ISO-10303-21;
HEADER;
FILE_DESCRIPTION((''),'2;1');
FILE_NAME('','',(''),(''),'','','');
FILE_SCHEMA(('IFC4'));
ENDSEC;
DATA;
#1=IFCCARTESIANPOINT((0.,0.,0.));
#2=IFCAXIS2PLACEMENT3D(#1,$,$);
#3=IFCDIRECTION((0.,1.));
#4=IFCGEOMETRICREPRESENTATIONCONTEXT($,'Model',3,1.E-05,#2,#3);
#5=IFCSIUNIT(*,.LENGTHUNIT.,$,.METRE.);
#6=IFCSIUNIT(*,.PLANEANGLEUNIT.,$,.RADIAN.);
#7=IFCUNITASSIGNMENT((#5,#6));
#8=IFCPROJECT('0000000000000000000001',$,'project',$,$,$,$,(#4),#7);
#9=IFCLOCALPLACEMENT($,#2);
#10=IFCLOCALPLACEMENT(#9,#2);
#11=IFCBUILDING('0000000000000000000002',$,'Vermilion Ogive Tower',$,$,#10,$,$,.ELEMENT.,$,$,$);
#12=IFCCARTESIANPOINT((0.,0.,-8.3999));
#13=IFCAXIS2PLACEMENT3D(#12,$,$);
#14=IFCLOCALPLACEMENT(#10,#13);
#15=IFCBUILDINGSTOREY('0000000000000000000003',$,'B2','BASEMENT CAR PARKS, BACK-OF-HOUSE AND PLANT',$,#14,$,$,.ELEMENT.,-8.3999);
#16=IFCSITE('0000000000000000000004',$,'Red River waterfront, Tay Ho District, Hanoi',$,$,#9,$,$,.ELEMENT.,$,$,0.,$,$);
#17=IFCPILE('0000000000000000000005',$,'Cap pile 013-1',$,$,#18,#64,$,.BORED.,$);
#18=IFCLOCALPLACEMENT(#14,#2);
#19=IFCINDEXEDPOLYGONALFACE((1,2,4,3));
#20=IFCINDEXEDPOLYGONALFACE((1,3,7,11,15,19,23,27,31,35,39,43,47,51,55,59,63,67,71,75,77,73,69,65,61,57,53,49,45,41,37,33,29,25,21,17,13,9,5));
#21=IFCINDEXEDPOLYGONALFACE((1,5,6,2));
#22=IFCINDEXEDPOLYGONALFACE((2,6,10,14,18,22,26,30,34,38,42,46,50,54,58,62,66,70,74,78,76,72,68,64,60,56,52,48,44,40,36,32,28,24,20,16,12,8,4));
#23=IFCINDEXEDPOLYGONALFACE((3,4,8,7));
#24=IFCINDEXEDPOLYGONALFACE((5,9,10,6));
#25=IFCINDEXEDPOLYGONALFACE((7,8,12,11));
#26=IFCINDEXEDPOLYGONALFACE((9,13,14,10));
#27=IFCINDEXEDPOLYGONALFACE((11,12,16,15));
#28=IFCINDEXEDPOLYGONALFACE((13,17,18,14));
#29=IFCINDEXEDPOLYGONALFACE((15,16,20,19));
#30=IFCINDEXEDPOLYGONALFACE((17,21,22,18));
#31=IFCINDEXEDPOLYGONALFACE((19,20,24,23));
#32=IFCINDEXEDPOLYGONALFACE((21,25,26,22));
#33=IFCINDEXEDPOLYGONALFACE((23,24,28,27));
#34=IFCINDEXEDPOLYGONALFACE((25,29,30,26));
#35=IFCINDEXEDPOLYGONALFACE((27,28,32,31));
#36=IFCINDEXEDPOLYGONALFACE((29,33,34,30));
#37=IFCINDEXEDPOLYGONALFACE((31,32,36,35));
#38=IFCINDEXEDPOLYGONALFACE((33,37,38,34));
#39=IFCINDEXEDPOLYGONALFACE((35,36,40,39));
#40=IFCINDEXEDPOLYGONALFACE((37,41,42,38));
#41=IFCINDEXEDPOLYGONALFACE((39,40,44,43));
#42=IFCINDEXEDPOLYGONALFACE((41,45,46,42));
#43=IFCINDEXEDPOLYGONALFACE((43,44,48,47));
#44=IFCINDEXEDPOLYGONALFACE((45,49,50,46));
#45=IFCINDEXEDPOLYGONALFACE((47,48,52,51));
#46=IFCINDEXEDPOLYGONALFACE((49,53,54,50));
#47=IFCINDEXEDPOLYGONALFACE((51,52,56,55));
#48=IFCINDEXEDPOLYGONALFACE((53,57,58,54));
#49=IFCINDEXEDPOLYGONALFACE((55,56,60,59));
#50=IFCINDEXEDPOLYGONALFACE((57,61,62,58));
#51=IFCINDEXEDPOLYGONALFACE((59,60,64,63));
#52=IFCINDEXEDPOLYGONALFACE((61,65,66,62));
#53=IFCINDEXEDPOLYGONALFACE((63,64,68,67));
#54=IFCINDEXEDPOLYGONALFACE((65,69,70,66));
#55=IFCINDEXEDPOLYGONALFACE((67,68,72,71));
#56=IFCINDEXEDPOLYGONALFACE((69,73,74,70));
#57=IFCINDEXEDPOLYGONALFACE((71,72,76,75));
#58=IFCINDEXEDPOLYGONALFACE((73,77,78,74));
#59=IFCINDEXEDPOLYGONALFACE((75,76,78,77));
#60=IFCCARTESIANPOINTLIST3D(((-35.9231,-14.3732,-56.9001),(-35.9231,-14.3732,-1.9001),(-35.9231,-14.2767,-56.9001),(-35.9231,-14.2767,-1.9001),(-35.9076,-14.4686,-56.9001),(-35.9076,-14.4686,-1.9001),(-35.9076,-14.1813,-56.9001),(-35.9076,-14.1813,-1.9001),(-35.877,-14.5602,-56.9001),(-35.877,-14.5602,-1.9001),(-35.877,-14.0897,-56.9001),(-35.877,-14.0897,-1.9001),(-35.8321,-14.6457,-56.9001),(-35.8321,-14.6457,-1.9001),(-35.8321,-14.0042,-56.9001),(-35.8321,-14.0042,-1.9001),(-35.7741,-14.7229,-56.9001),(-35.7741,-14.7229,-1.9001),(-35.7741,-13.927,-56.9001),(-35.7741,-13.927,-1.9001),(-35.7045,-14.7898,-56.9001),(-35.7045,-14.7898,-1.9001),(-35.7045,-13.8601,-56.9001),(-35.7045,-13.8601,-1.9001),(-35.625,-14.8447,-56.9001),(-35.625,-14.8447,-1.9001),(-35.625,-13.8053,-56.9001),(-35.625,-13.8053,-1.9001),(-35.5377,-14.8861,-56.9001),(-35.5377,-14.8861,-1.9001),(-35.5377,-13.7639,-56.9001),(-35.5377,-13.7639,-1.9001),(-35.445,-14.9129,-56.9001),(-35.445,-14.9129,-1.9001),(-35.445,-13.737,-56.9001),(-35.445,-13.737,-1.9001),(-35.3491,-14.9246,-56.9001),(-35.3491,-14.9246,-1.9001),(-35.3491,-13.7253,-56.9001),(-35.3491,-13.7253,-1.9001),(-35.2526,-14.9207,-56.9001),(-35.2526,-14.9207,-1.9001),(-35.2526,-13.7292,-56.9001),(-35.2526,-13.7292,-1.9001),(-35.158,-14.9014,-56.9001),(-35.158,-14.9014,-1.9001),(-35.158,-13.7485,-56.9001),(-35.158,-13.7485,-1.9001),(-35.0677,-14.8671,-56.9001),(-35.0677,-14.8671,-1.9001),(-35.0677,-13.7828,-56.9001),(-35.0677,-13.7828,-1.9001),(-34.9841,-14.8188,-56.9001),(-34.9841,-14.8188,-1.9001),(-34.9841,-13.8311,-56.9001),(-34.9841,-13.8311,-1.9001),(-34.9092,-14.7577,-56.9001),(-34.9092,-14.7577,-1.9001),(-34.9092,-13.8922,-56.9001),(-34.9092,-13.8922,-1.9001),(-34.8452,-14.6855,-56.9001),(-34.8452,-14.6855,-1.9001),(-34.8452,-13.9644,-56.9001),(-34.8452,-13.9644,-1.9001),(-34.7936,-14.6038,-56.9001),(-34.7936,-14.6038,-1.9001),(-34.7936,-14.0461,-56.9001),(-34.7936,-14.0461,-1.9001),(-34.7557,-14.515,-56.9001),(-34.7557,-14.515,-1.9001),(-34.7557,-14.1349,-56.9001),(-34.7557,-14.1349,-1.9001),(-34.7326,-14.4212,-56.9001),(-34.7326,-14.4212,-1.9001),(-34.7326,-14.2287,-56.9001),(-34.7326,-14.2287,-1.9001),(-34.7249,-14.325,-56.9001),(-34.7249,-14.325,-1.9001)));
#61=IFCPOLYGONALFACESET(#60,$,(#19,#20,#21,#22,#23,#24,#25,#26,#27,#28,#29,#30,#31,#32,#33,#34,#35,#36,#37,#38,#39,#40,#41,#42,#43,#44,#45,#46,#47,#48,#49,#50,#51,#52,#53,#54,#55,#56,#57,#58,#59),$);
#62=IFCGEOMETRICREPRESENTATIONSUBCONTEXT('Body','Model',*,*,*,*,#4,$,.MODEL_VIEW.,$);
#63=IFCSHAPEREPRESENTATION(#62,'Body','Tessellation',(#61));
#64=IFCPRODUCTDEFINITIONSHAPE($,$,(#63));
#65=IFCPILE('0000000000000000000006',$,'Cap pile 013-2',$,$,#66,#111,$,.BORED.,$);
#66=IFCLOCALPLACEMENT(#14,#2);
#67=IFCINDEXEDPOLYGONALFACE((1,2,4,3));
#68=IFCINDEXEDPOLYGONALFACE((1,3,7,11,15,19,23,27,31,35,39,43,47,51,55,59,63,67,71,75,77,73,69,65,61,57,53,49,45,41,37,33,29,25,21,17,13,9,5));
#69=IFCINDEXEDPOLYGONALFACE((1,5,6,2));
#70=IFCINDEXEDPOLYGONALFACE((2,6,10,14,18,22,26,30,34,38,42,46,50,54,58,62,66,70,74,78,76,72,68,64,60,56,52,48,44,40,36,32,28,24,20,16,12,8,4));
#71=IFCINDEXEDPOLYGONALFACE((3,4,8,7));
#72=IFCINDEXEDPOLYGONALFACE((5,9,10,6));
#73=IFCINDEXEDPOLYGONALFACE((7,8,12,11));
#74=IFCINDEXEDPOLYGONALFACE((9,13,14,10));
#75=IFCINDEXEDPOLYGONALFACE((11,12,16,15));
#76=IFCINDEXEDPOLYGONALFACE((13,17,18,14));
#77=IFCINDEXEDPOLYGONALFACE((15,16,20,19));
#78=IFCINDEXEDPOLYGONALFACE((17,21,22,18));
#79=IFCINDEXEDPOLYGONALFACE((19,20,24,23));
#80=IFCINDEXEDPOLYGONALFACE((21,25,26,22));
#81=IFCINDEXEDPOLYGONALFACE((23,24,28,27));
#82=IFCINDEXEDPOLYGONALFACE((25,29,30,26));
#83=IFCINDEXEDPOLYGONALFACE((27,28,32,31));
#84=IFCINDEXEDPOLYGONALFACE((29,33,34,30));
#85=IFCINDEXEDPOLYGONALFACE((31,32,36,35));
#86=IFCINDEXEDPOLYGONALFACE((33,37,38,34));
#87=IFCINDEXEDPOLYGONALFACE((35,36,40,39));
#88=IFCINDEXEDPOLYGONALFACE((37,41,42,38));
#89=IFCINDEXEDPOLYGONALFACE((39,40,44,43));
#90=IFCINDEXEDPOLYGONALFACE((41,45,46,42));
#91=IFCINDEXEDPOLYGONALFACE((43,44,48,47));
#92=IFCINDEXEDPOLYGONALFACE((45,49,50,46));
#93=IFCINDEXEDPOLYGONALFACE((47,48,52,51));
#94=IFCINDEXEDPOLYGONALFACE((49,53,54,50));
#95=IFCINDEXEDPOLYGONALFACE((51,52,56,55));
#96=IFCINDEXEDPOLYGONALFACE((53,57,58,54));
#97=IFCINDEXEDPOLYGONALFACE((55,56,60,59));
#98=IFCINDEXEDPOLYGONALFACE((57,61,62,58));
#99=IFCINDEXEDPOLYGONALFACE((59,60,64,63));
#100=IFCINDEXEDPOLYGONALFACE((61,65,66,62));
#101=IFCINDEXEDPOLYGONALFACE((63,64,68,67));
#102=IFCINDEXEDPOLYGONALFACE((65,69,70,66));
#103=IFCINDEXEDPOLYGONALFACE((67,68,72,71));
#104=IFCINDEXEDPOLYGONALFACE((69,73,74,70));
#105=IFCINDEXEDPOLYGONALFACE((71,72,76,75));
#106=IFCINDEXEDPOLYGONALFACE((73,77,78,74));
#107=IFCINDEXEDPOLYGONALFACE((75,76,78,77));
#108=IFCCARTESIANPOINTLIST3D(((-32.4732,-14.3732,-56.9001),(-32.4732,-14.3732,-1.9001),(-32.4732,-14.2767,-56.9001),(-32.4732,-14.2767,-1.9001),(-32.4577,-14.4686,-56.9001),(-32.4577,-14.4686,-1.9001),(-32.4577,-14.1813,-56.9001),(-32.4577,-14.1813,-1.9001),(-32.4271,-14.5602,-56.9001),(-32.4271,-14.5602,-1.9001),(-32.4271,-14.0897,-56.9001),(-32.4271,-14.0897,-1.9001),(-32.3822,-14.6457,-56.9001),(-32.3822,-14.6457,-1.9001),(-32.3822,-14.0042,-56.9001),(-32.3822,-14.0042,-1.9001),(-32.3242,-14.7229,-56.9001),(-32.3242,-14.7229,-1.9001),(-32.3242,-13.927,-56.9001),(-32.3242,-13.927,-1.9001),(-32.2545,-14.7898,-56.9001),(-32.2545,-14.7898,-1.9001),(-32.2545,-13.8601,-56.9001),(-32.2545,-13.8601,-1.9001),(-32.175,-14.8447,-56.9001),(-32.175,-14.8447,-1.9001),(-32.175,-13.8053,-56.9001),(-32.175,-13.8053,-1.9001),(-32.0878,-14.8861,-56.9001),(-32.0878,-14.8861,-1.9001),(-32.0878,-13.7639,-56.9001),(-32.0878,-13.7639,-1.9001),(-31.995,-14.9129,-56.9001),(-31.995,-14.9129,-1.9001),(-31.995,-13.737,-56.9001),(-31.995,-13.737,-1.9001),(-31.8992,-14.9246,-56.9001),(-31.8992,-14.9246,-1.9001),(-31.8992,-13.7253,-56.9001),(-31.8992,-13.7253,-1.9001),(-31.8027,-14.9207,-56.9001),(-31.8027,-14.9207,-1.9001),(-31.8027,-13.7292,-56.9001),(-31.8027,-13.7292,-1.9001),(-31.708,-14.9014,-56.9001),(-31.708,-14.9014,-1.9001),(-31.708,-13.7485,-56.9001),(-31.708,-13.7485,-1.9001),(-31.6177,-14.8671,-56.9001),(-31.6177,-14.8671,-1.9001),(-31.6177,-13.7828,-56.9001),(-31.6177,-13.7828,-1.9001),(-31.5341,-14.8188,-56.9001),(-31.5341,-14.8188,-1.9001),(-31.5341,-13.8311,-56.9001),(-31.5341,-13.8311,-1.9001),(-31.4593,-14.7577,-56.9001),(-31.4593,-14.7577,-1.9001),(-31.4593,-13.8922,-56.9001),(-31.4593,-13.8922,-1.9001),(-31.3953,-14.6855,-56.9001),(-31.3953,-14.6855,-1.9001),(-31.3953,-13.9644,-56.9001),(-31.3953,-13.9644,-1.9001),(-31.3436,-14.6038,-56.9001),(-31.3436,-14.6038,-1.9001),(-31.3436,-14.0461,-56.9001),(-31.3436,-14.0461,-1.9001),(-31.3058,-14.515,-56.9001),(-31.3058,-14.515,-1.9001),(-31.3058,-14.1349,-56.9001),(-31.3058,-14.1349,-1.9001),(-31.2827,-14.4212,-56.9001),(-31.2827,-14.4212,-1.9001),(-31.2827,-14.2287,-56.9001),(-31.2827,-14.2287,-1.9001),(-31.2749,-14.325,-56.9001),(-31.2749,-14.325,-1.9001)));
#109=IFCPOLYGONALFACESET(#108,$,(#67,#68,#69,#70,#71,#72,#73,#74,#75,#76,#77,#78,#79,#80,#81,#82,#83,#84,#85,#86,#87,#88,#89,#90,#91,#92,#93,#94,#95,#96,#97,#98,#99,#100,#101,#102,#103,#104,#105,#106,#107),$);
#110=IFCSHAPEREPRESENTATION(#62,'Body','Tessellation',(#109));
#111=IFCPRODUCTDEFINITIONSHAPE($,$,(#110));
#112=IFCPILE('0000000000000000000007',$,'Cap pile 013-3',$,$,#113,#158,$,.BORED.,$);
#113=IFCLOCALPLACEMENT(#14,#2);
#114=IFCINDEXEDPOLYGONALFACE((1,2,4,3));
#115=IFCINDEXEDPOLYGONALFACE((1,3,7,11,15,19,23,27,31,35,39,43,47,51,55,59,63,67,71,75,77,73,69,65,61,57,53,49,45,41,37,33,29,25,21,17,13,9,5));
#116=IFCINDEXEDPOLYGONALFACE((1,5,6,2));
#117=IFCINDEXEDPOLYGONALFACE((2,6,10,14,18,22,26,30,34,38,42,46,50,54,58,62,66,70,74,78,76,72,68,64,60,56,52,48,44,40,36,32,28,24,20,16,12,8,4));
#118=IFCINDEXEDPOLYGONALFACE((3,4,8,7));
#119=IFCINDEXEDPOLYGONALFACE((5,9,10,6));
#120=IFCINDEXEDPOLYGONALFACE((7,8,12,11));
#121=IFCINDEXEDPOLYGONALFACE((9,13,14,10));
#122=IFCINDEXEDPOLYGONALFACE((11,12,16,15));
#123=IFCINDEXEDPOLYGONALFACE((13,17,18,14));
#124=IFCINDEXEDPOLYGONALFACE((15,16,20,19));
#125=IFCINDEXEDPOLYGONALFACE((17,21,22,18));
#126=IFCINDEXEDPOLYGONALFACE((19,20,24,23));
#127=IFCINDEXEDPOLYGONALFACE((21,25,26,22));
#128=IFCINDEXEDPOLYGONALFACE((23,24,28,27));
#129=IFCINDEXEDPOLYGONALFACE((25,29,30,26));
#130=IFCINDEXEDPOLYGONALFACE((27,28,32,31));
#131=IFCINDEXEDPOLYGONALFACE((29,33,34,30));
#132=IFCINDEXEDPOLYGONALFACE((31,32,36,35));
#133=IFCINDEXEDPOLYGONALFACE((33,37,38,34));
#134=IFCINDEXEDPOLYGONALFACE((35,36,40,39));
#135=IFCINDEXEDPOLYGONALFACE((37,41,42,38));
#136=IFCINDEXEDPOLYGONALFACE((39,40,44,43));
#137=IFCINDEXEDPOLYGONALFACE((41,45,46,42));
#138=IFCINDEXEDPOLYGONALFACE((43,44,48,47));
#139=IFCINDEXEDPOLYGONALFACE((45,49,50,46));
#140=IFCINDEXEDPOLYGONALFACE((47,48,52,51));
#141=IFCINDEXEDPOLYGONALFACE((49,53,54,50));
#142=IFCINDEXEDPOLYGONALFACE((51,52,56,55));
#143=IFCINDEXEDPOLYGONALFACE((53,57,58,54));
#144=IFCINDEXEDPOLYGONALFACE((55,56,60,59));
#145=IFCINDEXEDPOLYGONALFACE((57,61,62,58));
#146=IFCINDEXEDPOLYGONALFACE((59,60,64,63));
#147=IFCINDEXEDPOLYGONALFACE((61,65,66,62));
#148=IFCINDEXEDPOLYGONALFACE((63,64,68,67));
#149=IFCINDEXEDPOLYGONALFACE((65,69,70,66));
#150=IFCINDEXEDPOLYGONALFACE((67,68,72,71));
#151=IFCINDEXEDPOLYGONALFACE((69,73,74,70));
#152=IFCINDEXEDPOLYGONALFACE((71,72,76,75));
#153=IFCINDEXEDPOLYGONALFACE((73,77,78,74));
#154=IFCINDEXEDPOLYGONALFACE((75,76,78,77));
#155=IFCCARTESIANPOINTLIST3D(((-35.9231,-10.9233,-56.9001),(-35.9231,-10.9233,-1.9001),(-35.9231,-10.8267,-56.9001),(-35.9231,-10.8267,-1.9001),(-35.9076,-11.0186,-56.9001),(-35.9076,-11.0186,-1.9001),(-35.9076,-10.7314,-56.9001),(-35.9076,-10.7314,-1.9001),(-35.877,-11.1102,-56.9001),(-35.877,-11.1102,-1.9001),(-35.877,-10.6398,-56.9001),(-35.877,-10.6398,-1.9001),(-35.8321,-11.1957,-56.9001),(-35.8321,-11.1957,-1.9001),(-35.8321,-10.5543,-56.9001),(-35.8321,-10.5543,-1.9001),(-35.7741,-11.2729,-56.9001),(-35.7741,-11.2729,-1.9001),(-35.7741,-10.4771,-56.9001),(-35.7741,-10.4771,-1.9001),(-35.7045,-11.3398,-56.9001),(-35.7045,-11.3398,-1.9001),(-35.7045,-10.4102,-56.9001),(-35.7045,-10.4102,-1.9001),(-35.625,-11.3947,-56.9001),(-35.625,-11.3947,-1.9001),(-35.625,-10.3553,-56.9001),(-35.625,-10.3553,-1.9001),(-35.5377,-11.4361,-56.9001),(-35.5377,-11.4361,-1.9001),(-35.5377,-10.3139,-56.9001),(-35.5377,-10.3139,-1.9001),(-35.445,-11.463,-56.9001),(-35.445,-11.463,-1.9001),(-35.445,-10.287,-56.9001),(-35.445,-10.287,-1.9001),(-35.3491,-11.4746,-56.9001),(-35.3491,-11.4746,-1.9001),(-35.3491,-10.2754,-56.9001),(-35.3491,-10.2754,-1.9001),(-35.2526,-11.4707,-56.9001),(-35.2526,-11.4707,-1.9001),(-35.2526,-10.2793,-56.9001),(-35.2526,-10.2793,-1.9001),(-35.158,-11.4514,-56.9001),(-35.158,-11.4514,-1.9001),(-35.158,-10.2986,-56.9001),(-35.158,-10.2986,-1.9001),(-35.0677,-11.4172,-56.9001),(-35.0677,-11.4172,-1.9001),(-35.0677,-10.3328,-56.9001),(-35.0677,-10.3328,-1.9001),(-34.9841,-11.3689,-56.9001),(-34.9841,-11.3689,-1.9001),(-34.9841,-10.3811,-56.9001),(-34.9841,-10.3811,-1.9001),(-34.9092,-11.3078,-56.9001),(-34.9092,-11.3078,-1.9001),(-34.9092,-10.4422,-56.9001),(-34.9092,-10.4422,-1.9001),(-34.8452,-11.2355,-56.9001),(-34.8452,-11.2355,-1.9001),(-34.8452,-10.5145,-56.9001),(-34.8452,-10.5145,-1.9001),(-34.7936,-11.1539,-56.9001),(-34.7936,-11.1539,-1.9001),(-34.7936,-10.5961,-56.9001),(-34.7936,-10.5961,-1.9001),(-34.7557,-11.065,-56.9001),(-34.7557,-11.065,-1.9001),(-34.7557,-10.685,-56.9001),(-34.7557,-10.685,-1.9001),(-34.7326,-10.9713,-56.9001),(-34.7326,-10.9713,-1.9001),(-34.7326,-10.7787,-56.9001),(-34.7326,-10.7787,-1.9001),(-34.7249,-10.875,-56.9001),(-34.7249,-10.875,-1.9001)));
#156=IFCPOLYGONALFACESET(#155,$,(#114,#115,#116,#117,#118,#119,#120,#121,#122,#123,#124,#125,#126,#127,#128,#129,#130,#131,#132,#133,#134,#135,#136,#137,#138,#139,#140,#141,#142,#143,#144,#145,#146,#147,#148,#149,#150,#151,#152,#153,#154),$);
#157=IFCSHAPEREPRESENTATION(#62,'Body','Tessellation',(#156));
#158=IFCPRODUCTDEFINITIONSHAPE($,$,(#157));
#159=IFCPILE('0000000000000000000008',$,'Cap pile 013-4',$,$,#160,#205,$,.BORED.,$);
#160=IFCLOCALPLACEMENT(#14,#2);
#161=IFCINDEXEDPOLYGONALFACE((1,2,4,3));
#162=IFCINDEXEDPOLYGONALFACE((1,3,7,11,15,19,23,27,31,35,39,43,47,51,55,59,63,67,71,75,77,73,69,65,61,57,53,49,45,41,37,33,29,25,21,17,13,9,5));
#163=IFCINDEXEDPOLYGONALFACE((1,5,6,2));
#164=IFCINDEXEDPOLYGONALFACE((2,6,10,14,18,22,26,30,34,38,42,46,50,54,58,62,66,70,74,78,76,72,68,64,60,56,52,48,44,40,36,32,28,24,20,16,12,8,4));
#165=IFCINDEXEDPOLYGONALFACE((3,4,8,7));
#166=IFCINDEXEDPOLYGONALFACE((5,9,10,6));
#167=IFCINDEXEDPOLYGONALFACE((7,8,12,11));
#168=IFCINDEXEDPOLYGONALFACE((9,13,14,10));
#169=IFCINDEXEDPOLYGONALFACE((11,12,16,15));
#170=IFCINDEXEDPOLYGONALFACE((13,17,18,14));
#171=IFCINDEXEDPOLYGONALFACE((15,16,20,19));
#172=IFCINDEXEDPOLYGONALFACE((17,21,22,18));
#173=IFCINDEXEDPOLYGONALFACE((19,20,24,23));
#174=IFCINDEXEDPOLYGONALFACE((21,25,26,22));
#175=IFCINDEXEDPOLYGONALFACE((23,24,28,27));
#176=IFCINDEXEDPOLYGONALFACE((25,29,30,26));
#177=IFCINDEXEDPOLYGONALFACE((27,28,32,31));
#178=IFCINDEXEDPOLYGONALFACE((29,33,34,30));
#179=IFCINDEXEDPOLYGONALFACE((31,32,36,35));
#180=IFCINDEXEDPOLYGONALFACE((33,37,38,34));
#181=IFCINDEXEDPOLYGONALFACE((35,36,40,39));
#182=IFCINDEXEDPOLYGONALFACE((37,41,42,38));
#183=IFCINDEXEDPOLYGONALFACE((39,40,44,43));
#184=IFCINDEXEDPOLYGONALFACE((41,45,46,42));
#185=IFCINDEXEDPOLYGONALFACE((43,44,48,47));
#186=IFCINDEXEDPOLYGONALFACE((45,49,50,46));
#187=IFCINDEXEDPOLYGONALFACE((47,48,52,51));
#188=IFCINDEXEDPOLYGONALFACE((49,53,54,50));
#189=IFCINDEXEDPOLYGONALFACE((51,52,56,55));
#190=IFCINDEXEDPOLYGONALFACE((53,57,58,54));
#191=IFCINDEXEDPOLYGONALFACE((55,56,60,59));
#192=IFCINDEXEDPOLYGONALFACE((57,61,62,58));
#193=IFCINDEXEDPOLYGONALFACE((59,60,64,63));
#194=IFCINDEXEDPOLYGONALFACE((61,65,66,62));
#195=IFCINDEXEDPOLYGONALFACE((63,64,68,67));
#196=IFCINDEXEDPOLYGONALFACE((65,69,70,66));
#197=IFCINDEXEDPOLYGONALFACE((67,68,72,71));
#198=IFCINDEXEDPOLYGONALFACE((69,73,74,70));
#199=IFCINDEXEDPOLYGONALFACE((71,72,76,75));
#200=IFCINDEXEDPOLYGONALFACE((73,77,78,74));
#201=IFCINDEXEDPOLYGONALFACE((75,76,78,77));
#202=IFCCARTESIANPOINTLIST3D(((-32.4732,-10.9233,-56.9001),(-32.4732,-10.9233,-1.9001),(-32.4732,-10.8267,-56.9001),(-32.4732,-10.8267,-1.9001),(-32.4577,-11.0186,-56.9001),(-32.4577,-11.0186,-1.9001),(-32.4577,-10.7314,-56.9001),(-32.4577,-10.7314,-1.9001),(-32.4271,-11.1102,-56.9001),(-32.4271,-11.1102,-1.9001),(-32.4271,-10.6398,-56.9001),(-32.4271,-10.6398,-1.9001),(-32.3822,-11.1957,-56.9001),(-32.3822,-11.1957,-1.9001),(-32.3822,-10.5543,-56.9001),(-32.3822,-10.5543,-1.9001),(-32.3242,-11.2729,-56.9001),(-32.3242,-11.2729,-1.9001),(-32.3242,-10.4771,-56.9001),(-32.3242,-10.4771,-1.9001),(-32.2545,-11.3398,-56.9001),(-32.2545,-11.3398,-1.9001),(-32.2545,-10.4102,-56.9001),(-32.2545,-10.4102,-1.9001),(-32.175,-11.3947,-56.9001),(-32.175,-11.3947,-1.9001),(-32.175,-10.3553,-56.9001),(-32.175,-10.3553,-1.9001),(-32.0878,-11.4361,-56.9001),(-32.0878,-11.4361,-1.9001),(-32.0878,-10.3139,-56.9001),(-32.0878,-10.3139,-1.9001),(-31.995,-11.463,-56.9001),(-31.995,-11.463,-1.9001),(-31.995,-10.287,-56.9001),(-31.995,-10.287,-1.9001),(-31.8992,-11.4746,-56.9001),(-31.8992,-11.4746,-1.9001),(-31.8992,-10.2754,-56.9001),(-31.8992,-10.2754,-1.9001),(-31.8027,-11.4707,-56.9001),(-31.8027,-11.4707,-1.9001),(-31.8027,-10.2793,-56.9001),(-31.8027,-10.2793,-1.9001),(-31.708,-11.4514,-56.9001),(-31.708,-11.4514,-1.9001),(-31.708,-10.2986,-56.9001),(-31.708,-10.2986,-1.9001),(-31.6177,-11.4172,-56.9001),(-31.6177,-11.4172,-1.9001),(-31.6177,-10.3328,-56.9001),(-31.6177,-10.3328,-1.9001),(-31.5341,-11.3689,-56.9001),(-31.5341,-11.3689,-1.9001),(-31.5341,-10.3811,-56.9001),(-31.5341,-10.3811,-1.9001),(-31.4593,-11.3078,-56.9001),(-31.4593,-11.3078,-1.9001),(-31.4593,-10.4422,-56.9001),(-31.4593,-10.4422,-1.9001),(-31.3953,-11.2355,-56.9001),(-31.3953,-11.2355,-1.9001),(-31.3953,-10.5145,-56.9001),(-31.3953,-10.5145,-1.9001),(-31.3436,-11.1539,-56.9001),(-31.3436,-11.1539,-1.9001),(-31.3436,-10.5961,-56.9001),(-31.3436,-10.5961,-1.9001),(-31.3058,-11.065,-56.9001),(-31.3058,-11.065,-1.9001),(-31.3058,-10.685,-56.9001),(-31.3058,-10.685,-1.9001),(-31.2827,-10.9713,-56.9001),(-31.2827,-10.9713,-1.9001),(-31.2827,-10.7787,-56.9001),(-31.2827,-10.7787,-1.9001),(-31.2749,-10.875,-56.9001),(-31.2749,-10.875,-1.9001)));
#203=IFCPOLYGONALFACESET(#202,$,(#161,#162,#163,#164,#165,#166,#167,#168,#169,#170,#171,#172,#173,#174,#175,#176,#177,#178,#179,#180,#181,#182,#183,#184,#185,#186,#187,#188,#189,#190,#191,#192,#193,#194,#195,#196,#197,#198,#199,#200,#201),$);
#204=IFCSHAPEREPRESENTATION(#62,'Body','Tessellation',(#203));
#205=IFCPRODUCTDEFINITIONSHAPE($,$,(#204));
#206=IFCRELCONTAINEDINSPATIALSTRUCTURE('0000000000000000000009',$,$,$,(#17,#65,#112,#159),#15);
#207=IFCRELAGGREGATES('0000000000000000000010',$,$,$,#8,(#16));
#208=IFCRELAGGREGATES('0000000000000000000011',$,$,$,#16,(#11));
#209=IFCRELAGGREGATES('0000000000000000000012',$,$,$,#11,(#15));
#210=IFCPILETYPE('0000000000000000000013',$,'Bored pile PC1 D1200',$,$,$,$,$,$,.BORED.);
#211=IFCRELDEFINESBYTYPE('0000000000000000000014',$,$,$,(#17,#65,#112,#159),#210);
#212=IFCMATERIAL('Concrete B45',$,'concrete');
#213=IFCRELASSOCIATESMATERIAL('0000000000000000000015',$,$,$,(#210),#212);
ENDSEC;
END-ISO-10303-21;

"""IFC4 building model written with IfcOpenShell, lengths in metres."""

from ifc_helpers import new_model, si_unit, direction, frame, origin, origin_2d, place, context, subcontext, project, spatial, circle, extrude, material, type_object, element, save


model = new_model("IFC4")

# Units and contexts
model_context = context("Model", 3, precision=1e-05, world=origin(), true_north=direction((0.0, 1.0)))
body_context = subcontext(model_context, "Body", "Model", "MODEL_VIEW")
ifc_project = project(units=[si_unit("LENGTHUNIT", "METRE"), si_unit("PLANEANGLEUNIT", "RADIAN")], contexts=[model_context])

# Site, building, storey
site_placement = place(None, origin())
site = spatial("IfcSite", under=ifc_project, at=site_placement, Name="Red River waterfront, Tay Ho District, Hanoi", CompositionType="ELEMENT", RefElevation=0.0)
building_placement = place(site_placement, origin())
building = spatial("IfcBuilding", under=site, at=building_placement, Name="Vermilion Ogive Tower", CompositionType="ELEMENT")
storey_placement = place(building_placement, frame((0.0, 0.0, -8.3999)))
storey = spatial("IfcBuildingStorey", under=building, at=storey_placement, Name="B2", Description="BASEMENT CAR PARKS, BACK-OF-HOUSE AND PLANT", CompositionType="ELEMENT", Elevation=-8.3999)

# Piles
ifc_material_1 = material(Name="Concrete B45", Category="concrete")
pile_type_1 = type_object("IfcPileType", Name="Bored pile PC1 D1200", PredefinedType="BORED", material=ifc_material_1)
for number, where, z_axis, x_axis, name in (
    (1, (-35.325, -14.325, -1.9001), (0.0, 0.0, -1.0), (1.0, 0.0, 0.0), "Cap pile 013-1"),
    (2, (-31.875, -14.325, -1.9001), (0.0, 0.0, -1.0), (1.0, 0.0, 0.0), "Cap pile 013-2"),
    (3, (-35.325, -10.875, -1.9001), (0.0, 0.0, -1.0), (1.0, 0.0, 0.0), "Cap pile 013-3"),
    (4, (-31.875, -10.875, -1.9001), (0.0, 0.0, -1.0), (1.0, 0.0, 0.0), "Cap pile 013-4"),
):
    element("IfcPile", number, at=place(storey_placement, frame(where, z_axis=z_axis, x_axis=x_axis)), inside=storey, type_object=pile_type_1, Name=name, PredefinedType="BORED", context=body_context, shape_type="SweptSolid", body=[
        extrude(circle(Radius=0.6001, at=origin_2d()), origin(), (0.0, 0.0, 1.0), 55.0),
    ])

save(model, "model.ifc")
